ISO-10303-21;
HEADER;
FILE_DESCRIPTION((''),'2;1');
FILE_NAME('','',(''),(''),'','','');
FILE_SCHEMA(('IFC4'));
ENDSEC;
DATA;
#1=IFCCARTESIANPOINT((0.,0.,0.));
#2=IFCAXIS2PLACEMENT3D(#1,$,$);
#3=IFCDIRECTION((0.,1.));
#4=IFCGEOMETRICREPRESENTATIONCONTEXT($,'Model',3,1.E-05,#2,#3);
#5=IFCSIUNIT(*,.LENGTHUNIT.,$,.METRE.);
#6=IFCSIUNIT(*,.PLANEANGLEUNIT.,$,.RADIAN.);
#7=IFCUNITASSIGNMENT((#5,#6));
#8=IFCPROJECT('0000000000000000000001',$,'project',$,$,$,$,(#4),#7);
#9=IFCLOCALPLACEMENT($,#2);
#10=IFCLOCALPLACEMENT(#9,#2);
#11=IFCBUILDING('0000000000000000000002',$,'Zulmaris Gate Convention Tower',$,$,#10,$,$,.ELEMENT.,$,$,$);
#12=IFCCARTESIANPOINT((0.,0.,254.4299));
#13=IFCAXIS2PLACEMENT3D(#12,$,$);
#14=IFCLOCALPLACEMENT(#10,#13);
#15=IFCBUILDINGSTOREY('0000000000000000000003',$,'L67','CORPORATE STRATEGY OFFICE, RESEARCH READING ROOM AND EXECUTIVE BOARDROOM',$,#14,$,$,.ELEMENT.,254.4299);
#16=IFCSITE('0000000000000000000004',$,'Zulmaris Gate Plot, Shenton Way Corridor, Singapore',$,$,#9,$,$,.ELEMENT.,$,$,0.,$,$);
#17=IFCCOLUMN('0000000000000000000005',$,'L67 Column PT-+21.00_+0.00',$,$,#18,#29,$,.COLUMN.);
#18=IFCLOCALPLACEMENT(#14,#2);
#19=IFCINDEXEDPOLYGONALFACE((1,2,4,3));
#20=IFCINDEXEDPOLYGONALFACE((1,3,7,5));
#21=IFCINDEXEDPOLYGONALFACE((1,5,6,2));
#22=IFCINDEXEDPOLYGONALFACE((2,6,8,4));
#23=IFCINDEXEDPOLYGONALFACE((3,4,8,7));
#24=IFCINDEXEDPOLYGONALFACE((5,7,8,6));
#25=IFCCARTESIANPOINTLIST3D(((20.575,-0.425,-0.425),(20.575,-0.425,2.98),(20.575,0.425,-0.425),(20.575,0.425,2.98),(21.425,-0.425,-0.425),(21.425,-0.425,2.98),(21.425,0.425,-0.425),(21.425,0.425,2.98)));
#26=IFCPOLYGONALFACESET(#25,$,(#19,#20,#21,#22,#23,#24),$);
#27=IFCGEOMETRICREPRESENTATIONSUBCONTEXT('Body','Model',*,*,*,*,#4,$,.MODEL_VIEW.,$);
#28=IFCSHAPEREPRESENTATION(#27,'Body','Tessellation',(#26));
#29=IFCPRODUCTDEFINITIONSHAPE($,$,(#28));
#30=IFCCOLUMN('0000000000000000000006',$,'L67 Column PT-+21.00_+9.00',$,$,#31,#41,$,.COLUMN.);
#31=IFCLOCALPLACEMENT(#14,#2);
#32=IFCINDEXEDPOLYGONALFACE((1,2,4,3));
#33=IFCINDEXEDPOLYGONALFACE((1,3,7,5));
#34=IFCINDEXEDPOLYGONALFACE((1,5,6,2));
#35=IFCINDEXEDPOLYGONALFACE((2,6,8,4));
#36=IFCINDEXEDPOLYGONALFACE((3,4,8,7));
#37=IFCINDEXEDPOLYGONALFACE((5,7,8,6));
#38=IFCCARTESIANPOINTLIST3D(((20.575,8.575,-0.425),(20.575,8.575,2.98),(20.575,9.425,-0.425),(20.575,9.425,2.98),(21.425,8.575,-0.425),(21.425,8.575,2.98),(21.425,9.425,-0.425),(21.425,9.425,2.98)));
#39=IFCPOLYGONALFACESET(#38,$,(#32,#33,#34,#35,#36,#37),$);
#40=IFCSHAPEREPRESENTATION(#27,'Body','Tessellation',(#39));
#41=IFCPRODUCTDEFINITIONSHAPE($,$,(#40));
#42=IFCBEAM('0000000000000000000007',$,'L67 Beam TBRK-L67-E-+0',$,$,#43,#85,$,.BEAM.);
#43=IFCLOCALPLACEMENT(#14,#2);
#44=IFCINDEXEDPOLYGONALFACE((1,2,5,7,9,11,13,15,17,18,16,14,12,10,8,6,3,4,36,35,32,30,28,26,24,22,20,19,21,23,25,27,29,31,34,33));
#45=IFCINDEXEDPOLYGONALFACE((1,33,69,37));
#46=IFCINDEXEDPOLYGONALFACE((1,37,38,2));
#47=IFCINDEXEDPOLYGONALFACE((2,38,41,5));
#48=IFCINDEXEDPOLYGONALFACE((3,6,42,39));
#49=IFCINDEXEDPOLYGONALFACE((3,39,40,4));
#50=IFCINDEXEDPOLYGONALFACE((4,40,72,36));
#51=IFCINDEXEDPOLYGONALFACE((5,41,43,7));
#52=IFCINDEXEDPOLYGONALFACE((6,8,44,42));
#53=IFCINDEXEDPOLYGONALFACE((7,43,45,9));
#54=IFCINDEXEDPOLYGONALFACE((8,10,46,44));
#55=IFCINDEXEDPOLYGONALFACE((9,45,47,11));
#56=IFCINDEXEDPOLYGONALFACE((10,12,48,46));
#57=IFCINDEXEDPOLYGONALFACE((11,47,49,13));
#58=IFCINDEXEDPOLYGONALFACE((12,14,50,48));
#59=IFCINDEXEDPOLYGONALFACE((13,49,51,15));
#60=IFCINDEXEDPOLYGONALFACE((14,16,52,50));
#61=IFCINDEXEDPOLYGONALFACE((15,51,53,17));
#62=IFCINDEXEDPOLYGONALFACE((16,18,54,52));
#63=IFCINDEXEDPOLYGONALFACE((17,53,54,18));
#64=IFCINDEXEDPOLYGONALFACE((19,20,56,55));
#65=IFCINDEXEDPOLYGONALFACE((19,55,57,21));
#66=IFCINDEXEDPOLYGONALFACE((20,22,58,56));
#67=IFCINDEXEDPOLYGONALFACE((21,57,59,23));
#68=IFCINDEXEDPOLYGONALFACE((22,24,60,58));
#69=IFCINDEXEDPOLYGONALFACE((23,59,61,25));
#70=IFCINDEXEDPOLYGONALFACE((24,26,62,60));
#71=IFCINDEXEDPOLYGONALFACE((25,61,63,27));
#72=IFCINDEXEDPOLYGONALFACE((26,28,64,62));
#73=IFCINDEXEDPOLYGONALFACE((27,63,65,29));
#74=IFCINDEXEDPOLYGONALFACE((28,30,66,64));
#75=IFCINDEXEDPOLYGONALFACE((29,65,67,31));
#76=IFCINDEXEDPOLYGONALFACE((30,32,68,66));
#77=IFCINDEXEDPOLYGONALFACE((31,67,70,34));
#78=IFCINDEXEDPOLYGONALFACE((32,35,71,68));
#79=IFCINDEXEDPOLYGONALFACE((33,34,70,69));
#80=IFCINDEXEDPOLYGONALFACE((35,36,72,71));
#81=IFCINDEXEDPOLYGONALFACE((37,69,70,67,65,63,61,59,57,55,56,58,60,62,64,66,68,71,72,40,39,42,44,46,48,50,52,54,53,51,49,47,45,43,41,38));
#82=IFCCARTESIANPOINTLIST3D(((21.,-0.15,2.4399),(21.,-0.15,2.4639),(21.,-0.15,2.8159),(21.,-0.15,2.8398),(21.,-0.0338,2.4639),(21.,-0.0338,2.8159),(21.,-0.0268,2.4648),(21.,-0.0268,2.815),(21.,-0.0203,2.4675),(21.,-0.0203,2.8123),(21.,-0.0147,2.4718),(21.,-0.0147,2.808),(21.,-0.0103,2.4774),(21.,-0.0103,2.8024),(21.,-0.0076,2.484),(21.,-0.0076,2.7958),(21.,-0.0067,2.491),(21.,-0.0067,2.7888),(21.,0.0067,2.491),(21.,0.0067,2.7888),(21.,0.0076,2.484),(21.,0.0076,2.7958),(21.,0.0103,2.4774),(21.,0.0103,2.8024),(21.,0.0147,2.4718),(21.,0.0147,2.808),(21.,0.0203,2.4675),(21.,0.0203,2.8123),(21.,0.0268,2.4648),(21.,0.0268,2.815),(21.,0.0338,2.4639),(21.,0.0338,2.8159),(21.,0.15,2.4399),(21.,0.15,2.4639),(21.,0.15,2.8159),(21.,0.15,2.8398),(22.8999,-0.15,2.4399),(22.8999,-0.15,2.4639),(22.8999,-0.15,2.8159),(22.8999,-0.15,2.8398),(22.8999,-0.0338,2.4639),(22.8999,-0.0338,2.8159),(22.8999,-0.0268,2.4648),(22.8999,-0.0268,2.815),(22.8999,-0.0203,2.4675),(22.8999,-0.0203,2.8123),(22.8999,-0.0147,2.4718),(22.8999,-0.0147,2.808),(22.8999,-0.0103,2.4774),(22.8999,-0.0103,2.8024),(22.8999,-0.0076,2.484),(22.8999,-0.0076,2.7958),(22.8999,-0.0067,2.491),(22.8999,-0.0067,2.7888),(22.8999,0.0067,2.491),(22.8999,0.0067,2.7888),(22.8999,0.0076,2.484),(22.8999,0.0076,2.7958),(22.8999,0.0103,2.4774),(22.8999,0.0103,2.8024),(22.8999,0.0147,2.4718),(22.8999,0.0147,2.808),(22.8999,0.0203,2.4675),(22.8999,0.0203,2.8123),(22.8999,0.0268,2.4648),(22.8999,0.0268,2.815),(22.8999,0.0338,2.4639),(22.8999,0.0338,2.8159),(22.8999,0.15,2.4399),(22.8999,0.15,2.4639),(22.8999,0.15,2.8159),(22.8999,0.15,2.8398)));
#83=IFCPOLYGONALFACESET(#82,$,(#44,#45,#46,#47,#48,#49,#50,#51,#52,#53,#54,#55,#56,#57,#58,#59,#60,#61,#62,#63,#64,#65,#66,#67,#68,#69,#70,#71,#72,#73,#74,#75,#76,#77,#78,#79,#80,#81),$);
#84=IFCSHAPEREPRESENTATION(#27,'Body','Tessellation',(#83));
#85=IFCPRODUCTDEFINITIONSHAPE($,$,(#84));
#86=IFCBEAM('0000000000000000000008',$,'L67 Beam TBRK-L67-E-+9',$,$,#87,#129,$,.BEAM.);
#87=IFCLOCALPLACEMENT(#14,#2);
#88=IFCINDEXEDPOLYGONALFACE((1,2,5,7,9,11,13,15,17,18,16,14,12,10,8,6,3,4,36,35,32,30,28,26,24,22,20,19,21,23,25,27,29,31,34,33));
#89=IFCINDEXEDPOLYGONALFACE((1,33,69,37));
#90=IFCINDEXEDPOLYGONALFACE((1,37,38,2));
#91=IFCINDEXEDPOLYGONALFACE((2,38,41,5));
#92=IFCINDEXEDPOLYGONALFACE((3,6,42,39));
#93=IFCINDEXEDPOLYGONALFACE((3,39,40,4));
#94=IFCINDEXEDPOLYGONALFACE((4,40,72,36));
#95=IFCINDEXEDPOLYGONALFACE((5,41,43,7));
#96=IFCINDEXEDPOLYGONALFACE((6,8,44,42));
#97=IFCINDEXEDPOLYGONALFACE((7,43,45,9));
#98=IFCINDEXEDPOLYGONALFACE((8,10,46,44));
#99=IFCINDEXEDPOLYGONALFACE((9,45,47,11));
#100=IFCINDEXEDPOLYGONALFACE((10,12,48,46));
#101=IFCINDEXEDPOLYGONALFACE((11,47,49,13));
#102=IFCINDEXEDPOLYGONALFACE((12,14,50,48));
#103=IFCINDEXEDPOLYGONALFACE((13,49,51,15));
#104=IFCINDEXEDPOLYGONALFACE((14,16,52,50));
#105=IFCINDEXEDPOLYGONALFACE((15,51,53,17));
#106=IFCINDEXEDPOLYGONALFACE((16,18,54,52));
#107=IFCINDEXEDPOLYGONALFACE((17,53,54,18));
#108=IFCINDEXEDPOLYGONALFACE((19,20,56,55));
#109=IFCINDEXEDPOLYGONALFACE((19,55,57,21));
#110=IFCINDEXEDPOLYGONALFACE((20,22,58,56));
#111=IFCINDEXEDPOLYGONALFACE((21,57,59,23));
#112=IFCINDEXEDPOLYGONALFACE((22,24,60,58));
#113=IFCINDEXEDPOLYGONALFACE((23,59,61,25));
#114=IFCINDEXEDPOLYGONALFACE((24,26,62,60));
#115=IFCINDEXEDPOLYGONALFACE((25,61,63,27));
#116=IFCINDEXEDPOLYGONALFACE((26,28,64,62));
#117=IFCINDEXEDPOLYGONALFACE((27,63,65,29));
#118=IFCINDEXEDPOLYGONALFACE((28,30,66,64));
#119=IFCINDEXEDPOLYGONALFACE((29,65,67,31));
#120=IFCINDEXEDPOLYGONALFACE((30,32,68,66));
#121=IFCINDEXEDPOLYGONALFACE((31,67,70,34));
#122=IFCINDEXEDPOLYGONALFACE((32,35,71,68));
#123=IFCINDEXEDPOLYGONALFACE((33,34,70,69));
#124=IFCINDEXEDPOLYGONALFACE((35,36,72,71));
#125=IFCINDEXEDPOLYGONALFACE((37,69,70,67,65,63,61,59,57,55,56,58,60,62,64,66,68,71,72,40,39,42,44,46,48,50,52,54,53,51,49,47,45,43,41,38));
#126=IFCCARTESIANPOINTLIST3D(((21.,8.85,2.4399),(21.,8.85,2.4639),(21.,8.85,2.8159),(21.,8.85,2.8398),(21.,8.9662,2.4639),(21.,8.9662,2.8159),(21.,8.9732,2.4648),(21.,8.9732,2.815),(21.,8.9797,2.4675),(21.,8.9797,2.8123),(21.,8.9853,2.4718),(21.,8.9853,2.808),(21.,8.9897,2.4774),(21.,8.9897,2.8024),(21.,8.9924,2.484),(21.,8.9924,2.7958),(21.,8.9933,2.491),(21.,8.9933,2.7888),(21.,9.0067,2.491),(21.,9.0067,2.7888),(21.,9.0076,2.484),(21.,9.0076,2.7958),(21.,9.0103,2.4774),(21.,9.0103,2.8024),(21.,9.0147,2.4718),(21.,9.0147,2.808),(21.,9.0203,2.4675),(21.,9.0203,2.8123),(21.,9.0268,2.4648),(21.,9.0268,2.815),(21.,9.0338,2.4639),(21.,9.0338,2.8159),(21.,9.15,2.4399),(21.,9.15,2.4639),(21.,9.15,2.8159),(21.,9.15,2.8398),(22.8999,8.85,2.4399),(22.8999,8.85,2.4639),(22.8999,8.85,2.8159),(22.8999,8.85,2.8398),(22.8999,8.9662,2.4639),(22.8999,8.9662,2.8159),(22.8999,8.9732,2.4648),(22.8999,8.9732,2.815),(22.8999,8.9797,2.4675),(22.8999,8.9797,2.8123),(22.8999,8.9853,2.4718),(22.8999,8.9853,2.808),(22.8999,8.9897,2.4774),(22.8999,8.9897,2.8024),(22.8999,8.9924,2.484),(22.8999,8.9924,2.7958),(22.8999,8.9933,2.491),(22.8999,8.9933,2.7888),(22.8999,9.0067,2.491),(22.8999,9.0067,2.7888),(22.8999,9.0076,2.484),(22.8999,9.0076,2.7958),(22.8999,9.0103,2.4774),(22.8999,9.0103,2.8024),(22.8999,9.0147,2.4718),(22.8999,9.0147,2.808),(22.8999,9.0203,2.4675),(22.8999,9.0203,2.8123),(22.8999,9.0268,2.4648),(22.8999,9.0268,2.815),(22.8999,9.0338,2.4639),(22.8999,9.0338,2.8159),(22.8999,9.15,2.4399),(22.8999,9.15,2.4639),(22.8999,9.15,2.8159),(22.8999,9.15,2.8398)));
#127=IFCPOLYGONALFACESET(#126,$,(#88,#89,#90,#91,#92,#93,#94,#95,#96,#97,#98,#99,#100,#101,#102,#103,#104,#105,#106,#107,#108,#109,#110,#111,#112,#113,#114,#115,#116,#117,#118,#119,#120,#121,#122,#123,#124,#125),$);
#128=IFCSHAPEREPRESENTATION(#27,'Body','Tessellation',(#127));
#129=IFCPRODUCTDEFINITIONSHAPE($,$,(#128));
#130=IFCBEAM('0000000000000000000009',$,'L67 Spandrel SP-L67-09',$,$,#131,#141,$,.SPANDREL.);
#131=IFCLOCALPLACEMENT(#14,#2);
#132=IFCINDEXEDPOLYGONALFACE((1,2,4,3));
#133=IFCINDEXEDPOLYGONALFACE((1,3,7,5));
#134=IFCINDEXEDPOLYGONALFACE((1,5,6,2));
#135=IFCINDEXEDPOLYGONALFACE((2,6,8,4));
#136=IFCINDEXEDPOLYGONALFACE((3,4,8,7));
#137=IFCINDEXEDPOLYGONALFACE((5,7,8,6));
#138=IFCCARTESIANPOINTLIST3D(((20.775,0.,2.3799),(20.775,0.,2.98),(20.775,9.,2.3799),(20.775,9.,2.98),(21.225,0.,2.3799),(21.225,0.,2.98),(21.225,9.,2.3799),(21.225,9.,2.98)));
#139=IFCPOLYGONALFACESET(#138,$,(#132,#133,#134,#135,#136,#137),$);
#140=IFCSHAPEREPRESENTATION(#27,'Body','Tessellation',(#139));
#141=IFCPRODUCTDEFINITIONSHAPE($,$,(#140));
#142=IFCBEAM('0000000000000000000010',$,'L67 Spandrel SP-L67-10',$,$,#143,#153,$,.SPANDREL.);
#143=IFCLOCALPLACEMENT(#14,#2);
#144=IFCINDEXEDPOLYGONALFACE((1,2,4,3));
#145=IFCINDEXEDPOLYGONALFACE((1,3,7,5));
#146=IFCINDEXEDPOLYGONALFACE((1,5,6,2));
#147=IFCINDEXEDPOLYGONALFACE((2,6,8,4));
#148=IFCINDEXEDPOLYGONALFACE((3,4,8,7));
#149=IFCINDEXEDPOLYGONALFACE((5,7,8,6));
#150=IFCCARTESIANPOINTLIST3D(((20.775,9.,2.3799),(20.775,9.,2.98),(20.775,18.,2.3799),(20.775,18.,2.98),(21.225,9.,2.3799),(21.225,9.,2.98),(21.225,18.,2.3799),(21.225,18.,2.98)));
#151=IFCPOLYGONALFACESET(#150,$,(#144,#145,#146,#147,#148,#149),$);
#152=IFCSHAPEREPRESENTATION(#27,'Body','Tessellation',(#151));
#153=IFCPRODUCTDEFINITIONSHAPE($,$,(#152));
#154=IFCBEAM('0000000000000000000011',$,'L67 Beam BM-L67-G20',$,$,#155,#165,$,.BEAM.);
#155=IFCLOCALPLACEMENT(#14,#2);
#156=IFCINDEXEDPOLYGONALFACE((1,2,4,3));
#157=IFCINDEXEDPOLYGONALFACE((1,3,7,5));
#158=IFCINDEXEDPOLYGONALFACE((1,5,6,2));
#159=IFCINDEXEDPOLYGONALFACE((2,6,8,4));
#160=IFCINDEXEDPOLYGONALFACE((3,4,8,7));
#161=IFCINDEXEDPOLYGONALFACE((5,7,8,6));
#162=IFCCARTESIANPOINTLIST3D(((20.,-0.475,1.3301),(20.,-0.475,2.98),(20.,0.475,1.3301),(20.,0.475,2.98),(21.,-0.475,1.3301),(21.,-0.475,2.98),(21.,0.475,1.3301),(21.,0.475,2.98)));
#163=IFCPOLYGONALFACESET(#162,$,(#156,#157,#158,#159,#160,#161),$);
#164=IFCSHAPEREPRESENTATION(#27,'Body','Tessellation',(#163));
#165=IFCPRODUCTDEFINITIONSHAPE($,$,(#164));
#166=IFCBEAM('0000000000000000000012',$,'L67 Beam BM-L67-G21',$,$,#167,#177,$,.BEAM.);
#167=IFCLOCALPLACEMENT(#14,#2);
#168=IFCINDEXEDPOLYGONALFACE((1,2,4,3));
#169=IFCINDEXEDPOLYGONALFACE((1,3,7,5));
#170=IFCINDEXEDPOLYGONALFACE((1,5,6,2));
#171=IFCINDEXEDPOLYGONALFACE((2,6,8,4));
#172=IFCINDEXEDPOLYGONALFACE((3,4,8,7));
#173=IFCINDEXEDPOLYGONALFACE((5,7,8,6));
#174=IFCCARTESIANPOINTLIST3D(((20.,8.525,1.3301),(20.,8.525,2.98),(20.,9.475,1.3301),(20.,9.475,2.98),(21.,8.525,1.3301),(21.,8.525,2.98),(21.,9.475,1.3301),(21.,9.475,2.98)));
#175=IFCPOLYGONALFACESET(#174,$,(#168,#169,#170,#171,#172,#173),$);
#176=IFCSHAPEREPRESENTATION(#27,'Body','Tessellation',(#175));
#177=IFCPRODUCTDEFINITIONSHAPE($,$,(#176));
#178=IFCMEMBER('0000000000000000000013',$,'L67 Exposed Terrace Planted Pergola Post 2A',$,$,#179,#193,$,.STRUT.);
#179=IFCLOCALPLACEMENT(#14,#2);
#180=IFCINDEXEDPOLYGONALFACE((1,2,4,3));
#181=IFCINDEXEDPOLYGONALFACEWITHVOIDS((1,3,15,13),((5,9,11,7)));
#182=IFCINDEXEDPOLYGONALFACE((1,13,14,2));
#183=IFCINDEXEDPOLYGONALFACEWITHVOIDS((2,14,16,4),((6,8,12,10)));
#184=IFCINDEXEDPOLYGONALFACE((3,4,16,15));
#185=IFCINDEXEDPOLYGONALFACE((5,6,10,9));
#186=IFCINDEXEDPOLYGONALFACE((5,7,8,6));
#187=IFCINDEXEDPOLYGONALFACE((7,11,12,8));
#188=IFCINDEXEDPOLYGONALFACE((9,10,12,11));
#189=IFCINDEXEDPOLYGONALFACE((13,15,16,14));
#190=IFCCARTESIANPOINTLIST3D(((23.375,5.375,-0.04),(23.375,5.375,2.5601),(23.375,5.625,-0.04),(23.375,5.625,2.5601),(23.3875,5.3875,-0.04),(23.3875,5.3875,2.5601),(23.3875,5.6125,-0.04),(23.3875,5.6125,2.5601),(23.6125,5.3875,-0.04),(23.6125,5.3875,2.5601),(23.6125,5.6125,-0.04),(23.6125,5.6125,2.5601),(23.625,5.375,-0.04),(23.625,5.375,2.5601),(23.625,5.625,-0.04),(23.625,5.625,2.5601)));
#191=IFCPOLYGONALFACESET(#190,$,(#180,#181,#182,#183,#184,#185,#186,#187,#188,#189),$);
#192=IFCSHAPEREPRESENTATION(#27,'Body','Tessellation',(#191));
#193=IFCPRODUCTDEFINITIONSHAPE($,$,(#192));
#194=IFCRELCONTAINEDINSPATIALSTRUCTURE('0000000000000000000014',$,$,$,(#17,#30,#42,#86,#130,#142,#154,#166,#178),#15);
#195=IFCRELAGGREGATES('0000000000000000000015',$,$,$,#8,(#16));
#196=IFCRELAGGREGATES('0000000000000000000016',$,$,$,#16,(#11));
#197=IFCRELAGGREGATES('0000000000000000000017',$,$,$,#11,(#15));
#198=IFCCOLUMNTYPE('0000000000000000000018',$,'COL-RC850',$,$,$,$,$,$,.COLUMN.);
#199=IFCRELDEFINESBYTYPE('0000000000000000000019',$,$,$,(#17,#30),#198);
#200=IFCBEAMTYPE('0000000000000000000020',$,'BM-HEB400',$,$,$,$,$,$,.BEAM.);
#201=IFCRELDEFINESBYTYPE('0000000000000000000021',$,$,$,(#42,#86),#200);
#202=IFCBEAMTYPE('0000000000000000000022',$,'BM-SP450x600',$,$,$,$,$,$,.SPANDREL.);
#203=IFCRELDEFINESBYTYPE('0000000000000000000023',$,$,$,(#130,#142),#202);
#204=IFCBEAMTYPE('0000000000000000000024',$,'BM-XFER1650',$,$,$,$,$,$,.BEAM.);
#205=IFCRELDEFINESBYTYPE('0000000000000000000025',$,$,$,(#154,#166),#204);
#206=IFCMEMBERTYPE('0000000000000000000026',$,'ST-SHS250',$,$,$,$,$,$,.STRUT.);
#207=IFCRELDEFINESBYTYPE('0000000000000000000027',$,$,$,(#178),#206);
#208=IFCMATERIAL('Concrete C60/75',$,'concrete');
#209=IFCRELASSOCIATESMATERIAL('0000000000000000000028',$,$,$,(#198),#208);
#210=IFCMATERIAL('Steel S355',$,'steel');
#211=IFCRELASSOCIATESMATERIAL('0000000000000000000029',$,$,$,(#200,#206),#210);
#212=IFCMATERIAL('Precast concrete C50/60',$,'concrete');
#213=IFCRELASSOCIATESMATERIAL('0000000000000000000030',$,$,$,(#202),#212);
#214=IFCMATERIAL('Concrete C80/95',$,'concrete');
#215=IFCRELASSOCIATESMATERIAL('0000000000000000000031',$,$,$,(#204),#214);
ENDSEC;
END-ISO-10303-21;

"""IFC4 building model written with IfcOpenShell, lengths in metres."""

from ifc_helpers import new_model, si_unit, direction, frame, origin, origin_2d, place, context, subcontext, project, spatial, rectangle, hollow_rectangle, i_section, extrude, material, material_profile, profile_set, type_object, element, save


model = new_model("IFC4")

# Units and contexts
model_context = context("Model", 3, precision=1e-05, world=origin(), true_north=direction((0.0, 1.0)))
body_context = subcontext(model_context, "Body", "Model", "MODEL_VIEW")
ifc_project = project(units=[si_unit("LENGTHUNIT", "METRE"), si_unit("PLANEANGLEUNIT", "RADIAN")], contexts=[model_context])

# Site, building, storey
site_placement = place(None, origin())
site = spatial("IfcSite", under=ifc_project, at=site_placement, Name="Zulmaris Gate Plot, Shenton Way Corridor, Singapore", CompositionType="ELEMENT", RefElevation=0.0)
building_placement = place(site_placement, origin())
building = spatial("IfcBuilding", under=site, at=building_placement, Name="Zulmaris Gate Convention Tower", CompositionType="ELEMENT")
storey_placement = place(building_placement, frame((0.0, 0.0, 254.4299)))
storey = spatial("IfcBuildingStorey", under=building, at=storey_placement, Name="L67", Description="CORPORATE STRATEGY OFFICE, RESEARCH READING ROOM AND EXECUTIVE BOARDROOM", CompositionType="ELEMENT", Elevation=254.4299)

# Columns
ifc_material_1 = material(Name="Concrete C60/75", Category="concrete")
ifc_material_profile_1 = material_profile(ifc_material_1, rectangle(XDim=0.8501, YDim=0.8501, at=origin_2d()), Name="RC COL 850x850")
ifc_profile_set_1 = profile_set([ifc_material_profile_1], Name="Concrete C60/75")
column_type = type_object("IfcColumnType", Name="COL-RC850", PredefinedType="COLUMN", material=ifc_profile_set_1)
for number, where, z_axis, x_axis, name in (
    (1, (21.0, 0.0, -0.425), (0.0, 0.0, 1.0), (1.0, 0.0, 0.0), "L67 Column PT-+21.00_+0.00"),
    (2, (21.0, 9.0, -0.425), (0.0, 0.0, 1.0), (1.0, 0.0, 0.0), "L67 Column PT-+21.00_+9.00"),
):
    element("IfcColumn", number, at=place(storey_placement, frame(where, z_axis=z_axis, x_axis=x_axis)), inside=storey, type_object=column_type, Name=name, PredefinedType="COLUMN", context=body_context, shape_type="SweptSolid", body=[
        extrude(rectangle(XDim=0.8501, YDim=0.8501, at=origin_2d()), origin(), (0.0, 0.0, 1.0), 3.405),
    ])

# Beams
ifc_material_2 = material(Name="Steel S355", Category="steel")
ifc_material_profile_2 = material_profile(ifc_material_2, i_section(OverallWidth=0.3, OverallDepth=0.3999, WebThickness=0.0134, FlangeThickness=0.0239, FilletRadius=0.0271, at=origin_2d()), Name="HEB 400")
ifc_profile_set_2 = profile_set([ifc_material_profile_2], Name="Steel S355")
beam_type_1 = type_object("IfcBeamType", Name="BM-HEB400", PredefinedType="BEAM", material=ifc_profile_set_2)
for number, where, z_axis, x_axis, name in (
    (3, (21.0, 0.0, 2.6399), (1.0, 0.0, 0.0), (0.0, 1.0, 0.0), "L67 Beam TBRK-L67-E-+0"),
    (4, (21.0, 9.0, 2.6399), (1.0, 0.0, 0.0), (0.0, 1.0, 0.0), "L67 Beam TBRK-L67-E-+9"),
):
    element("IfcBeam", number, at=place(storey_placement, frame(where, z_axis=z_axis, x_axis=x_axis)), inside=storey, type_object=beam_type_1, Name=name, PredefinedType="BEAM", context=body_context, shape_type="SweptSolid", body=[
        extrude(i_section(OverallWidth=0.3, OverallDepth=0.3999, WebThickness=0.0134, FlangeThickness=0.0239, FilletRadius=0.0271, at=origin_2d()), origin(), (0.0, 0.0, 1.0), 1.8999),
    ])
ifc_material_3 = material(Name="Precast concrete C50/60", Category="concrete")
ifc_material_profile_3 = material_profile(ifc_material_3, rectangle(XDim=0.45, YDim=0.6001, at=origin_2d()), Name="RC SPANDREL 450x600")
ifc_profile_set_3 = profile_set([ifc_material_profile_3], Name="Precast concrete C50/60")
beam_type_2 = type_object("IfcBeamType", Name="BM-SP450x600", PredefinedType="SPANDREL", material=ifc_profile_set_3)
for number, where, z_axis, x_axis, name in (
    (5, (21.0, 0.0, 2.6799), (0.0, 1.0, 0.0), (-1.0, 0.0, 0.0), "L67 Spandrel SP-L67-09"),
    (6, (21.0, 9.0, 2.6799), (0.0, 1.0, 0.0), (-1.0, 0.0, 0.0), "L67 Spandrel SP-L67-10"),
):
    element("IfcBeam", number, at=place(storey_placement, frame(where, z_axis=z_axis, x_axis=x_axis)), inside=storey, type_object=beam_type_2, Name=name, PredefinedType="SPANDREL", context=body_context, shape_type="SweptSolid", body=[
        extrude(rectangle(XDim=0.45, YDim=0.6001, at=origin_2d()), origin(), (0.0, 0.0, 1.0), 9.0),
    ])
ifc_material_4 = material(Name="Concrete C80/95", Category="concrete")
ifc_material_profile_4 = material_profile(ifc_material_4, rectangle(XDim=0.95, YDim=1.6499, at=origin_2d()), Name="RC TRANSFER 950x1650")
ifc_profile_set_4 = profile_set([ifc_material_profile_4], Name="Concrete C80/95")
beam_type_3 = type_object("IfcBeamType", Name="BM-XFER1650", PredefinedType="BEAM", material=ifc_profile_set_4)
for number, where, z_axis, x_axis, name in (
    (7, (20.0, 0.0, 2.155), (1.0, 0.0, 0.0), (0.0, 1.0, 0.0), "L67 Beam BM-L67-G20"),
    (8, (20.0, 9.0, 2.155), (1.0, 0.0, 0.0), (0.0, 1.0, 0.0), "L67 Beam BM-L67-G21"),
):
    element("IfcBeam", number, at=place(storey_placement, frame(where, z_axis=z_axis, x_axis=x_axis)), inside=storey, type_object=beam_type_3, Name=name, PredefinedType="BEAM", context=body_context, shape_type="SweptSolid", body=[
        extrude(rectangle(XDim=0.95, YDim=1.6499, at=origin_2d()), origin(), (0.0, 0.0, 1.0), 1.0),
    ])

# Member
ifc_material_profile_5 = material_profile(ifc_material_2, hollow_rectangle(XDim=0.25, YDim=0.25, WallThickness=0.0125, at=origin_2d()), Name="SHS 250x250x12.5")
ifc_profile_set_5 = profile_set([ifc_material_profile_5], Name="Steel S355")
member_type = type_object("IfcMemberType", Name="ST-SHS250", PredefinedType="STRUT", material=ifc_profile_set_5)
member_1_placement = place(storey_placement, frame((23.5, 5.5, -0.04), z_axis=(0.0, 0.0, 1.0), x_axis=(1.0, 0.0, 0.0)))
element("IfcMember", 9, at=member_1_placement, inside=storey, type_object=member_type, Name="L67 Exposed Terrace Planted Pergola Post 2A", PredefinedType="STRUT", context=body_context, shape_type="SweptSolid", body=[
    extrude(hollow_rectangle(XDim=0.25, YDim=0.25, WallThickness=0.0125, at=origin_2d()), origin(), (0.0, 0.0, 1.0), 2.6001),
])

save(model, "model.ifc")
